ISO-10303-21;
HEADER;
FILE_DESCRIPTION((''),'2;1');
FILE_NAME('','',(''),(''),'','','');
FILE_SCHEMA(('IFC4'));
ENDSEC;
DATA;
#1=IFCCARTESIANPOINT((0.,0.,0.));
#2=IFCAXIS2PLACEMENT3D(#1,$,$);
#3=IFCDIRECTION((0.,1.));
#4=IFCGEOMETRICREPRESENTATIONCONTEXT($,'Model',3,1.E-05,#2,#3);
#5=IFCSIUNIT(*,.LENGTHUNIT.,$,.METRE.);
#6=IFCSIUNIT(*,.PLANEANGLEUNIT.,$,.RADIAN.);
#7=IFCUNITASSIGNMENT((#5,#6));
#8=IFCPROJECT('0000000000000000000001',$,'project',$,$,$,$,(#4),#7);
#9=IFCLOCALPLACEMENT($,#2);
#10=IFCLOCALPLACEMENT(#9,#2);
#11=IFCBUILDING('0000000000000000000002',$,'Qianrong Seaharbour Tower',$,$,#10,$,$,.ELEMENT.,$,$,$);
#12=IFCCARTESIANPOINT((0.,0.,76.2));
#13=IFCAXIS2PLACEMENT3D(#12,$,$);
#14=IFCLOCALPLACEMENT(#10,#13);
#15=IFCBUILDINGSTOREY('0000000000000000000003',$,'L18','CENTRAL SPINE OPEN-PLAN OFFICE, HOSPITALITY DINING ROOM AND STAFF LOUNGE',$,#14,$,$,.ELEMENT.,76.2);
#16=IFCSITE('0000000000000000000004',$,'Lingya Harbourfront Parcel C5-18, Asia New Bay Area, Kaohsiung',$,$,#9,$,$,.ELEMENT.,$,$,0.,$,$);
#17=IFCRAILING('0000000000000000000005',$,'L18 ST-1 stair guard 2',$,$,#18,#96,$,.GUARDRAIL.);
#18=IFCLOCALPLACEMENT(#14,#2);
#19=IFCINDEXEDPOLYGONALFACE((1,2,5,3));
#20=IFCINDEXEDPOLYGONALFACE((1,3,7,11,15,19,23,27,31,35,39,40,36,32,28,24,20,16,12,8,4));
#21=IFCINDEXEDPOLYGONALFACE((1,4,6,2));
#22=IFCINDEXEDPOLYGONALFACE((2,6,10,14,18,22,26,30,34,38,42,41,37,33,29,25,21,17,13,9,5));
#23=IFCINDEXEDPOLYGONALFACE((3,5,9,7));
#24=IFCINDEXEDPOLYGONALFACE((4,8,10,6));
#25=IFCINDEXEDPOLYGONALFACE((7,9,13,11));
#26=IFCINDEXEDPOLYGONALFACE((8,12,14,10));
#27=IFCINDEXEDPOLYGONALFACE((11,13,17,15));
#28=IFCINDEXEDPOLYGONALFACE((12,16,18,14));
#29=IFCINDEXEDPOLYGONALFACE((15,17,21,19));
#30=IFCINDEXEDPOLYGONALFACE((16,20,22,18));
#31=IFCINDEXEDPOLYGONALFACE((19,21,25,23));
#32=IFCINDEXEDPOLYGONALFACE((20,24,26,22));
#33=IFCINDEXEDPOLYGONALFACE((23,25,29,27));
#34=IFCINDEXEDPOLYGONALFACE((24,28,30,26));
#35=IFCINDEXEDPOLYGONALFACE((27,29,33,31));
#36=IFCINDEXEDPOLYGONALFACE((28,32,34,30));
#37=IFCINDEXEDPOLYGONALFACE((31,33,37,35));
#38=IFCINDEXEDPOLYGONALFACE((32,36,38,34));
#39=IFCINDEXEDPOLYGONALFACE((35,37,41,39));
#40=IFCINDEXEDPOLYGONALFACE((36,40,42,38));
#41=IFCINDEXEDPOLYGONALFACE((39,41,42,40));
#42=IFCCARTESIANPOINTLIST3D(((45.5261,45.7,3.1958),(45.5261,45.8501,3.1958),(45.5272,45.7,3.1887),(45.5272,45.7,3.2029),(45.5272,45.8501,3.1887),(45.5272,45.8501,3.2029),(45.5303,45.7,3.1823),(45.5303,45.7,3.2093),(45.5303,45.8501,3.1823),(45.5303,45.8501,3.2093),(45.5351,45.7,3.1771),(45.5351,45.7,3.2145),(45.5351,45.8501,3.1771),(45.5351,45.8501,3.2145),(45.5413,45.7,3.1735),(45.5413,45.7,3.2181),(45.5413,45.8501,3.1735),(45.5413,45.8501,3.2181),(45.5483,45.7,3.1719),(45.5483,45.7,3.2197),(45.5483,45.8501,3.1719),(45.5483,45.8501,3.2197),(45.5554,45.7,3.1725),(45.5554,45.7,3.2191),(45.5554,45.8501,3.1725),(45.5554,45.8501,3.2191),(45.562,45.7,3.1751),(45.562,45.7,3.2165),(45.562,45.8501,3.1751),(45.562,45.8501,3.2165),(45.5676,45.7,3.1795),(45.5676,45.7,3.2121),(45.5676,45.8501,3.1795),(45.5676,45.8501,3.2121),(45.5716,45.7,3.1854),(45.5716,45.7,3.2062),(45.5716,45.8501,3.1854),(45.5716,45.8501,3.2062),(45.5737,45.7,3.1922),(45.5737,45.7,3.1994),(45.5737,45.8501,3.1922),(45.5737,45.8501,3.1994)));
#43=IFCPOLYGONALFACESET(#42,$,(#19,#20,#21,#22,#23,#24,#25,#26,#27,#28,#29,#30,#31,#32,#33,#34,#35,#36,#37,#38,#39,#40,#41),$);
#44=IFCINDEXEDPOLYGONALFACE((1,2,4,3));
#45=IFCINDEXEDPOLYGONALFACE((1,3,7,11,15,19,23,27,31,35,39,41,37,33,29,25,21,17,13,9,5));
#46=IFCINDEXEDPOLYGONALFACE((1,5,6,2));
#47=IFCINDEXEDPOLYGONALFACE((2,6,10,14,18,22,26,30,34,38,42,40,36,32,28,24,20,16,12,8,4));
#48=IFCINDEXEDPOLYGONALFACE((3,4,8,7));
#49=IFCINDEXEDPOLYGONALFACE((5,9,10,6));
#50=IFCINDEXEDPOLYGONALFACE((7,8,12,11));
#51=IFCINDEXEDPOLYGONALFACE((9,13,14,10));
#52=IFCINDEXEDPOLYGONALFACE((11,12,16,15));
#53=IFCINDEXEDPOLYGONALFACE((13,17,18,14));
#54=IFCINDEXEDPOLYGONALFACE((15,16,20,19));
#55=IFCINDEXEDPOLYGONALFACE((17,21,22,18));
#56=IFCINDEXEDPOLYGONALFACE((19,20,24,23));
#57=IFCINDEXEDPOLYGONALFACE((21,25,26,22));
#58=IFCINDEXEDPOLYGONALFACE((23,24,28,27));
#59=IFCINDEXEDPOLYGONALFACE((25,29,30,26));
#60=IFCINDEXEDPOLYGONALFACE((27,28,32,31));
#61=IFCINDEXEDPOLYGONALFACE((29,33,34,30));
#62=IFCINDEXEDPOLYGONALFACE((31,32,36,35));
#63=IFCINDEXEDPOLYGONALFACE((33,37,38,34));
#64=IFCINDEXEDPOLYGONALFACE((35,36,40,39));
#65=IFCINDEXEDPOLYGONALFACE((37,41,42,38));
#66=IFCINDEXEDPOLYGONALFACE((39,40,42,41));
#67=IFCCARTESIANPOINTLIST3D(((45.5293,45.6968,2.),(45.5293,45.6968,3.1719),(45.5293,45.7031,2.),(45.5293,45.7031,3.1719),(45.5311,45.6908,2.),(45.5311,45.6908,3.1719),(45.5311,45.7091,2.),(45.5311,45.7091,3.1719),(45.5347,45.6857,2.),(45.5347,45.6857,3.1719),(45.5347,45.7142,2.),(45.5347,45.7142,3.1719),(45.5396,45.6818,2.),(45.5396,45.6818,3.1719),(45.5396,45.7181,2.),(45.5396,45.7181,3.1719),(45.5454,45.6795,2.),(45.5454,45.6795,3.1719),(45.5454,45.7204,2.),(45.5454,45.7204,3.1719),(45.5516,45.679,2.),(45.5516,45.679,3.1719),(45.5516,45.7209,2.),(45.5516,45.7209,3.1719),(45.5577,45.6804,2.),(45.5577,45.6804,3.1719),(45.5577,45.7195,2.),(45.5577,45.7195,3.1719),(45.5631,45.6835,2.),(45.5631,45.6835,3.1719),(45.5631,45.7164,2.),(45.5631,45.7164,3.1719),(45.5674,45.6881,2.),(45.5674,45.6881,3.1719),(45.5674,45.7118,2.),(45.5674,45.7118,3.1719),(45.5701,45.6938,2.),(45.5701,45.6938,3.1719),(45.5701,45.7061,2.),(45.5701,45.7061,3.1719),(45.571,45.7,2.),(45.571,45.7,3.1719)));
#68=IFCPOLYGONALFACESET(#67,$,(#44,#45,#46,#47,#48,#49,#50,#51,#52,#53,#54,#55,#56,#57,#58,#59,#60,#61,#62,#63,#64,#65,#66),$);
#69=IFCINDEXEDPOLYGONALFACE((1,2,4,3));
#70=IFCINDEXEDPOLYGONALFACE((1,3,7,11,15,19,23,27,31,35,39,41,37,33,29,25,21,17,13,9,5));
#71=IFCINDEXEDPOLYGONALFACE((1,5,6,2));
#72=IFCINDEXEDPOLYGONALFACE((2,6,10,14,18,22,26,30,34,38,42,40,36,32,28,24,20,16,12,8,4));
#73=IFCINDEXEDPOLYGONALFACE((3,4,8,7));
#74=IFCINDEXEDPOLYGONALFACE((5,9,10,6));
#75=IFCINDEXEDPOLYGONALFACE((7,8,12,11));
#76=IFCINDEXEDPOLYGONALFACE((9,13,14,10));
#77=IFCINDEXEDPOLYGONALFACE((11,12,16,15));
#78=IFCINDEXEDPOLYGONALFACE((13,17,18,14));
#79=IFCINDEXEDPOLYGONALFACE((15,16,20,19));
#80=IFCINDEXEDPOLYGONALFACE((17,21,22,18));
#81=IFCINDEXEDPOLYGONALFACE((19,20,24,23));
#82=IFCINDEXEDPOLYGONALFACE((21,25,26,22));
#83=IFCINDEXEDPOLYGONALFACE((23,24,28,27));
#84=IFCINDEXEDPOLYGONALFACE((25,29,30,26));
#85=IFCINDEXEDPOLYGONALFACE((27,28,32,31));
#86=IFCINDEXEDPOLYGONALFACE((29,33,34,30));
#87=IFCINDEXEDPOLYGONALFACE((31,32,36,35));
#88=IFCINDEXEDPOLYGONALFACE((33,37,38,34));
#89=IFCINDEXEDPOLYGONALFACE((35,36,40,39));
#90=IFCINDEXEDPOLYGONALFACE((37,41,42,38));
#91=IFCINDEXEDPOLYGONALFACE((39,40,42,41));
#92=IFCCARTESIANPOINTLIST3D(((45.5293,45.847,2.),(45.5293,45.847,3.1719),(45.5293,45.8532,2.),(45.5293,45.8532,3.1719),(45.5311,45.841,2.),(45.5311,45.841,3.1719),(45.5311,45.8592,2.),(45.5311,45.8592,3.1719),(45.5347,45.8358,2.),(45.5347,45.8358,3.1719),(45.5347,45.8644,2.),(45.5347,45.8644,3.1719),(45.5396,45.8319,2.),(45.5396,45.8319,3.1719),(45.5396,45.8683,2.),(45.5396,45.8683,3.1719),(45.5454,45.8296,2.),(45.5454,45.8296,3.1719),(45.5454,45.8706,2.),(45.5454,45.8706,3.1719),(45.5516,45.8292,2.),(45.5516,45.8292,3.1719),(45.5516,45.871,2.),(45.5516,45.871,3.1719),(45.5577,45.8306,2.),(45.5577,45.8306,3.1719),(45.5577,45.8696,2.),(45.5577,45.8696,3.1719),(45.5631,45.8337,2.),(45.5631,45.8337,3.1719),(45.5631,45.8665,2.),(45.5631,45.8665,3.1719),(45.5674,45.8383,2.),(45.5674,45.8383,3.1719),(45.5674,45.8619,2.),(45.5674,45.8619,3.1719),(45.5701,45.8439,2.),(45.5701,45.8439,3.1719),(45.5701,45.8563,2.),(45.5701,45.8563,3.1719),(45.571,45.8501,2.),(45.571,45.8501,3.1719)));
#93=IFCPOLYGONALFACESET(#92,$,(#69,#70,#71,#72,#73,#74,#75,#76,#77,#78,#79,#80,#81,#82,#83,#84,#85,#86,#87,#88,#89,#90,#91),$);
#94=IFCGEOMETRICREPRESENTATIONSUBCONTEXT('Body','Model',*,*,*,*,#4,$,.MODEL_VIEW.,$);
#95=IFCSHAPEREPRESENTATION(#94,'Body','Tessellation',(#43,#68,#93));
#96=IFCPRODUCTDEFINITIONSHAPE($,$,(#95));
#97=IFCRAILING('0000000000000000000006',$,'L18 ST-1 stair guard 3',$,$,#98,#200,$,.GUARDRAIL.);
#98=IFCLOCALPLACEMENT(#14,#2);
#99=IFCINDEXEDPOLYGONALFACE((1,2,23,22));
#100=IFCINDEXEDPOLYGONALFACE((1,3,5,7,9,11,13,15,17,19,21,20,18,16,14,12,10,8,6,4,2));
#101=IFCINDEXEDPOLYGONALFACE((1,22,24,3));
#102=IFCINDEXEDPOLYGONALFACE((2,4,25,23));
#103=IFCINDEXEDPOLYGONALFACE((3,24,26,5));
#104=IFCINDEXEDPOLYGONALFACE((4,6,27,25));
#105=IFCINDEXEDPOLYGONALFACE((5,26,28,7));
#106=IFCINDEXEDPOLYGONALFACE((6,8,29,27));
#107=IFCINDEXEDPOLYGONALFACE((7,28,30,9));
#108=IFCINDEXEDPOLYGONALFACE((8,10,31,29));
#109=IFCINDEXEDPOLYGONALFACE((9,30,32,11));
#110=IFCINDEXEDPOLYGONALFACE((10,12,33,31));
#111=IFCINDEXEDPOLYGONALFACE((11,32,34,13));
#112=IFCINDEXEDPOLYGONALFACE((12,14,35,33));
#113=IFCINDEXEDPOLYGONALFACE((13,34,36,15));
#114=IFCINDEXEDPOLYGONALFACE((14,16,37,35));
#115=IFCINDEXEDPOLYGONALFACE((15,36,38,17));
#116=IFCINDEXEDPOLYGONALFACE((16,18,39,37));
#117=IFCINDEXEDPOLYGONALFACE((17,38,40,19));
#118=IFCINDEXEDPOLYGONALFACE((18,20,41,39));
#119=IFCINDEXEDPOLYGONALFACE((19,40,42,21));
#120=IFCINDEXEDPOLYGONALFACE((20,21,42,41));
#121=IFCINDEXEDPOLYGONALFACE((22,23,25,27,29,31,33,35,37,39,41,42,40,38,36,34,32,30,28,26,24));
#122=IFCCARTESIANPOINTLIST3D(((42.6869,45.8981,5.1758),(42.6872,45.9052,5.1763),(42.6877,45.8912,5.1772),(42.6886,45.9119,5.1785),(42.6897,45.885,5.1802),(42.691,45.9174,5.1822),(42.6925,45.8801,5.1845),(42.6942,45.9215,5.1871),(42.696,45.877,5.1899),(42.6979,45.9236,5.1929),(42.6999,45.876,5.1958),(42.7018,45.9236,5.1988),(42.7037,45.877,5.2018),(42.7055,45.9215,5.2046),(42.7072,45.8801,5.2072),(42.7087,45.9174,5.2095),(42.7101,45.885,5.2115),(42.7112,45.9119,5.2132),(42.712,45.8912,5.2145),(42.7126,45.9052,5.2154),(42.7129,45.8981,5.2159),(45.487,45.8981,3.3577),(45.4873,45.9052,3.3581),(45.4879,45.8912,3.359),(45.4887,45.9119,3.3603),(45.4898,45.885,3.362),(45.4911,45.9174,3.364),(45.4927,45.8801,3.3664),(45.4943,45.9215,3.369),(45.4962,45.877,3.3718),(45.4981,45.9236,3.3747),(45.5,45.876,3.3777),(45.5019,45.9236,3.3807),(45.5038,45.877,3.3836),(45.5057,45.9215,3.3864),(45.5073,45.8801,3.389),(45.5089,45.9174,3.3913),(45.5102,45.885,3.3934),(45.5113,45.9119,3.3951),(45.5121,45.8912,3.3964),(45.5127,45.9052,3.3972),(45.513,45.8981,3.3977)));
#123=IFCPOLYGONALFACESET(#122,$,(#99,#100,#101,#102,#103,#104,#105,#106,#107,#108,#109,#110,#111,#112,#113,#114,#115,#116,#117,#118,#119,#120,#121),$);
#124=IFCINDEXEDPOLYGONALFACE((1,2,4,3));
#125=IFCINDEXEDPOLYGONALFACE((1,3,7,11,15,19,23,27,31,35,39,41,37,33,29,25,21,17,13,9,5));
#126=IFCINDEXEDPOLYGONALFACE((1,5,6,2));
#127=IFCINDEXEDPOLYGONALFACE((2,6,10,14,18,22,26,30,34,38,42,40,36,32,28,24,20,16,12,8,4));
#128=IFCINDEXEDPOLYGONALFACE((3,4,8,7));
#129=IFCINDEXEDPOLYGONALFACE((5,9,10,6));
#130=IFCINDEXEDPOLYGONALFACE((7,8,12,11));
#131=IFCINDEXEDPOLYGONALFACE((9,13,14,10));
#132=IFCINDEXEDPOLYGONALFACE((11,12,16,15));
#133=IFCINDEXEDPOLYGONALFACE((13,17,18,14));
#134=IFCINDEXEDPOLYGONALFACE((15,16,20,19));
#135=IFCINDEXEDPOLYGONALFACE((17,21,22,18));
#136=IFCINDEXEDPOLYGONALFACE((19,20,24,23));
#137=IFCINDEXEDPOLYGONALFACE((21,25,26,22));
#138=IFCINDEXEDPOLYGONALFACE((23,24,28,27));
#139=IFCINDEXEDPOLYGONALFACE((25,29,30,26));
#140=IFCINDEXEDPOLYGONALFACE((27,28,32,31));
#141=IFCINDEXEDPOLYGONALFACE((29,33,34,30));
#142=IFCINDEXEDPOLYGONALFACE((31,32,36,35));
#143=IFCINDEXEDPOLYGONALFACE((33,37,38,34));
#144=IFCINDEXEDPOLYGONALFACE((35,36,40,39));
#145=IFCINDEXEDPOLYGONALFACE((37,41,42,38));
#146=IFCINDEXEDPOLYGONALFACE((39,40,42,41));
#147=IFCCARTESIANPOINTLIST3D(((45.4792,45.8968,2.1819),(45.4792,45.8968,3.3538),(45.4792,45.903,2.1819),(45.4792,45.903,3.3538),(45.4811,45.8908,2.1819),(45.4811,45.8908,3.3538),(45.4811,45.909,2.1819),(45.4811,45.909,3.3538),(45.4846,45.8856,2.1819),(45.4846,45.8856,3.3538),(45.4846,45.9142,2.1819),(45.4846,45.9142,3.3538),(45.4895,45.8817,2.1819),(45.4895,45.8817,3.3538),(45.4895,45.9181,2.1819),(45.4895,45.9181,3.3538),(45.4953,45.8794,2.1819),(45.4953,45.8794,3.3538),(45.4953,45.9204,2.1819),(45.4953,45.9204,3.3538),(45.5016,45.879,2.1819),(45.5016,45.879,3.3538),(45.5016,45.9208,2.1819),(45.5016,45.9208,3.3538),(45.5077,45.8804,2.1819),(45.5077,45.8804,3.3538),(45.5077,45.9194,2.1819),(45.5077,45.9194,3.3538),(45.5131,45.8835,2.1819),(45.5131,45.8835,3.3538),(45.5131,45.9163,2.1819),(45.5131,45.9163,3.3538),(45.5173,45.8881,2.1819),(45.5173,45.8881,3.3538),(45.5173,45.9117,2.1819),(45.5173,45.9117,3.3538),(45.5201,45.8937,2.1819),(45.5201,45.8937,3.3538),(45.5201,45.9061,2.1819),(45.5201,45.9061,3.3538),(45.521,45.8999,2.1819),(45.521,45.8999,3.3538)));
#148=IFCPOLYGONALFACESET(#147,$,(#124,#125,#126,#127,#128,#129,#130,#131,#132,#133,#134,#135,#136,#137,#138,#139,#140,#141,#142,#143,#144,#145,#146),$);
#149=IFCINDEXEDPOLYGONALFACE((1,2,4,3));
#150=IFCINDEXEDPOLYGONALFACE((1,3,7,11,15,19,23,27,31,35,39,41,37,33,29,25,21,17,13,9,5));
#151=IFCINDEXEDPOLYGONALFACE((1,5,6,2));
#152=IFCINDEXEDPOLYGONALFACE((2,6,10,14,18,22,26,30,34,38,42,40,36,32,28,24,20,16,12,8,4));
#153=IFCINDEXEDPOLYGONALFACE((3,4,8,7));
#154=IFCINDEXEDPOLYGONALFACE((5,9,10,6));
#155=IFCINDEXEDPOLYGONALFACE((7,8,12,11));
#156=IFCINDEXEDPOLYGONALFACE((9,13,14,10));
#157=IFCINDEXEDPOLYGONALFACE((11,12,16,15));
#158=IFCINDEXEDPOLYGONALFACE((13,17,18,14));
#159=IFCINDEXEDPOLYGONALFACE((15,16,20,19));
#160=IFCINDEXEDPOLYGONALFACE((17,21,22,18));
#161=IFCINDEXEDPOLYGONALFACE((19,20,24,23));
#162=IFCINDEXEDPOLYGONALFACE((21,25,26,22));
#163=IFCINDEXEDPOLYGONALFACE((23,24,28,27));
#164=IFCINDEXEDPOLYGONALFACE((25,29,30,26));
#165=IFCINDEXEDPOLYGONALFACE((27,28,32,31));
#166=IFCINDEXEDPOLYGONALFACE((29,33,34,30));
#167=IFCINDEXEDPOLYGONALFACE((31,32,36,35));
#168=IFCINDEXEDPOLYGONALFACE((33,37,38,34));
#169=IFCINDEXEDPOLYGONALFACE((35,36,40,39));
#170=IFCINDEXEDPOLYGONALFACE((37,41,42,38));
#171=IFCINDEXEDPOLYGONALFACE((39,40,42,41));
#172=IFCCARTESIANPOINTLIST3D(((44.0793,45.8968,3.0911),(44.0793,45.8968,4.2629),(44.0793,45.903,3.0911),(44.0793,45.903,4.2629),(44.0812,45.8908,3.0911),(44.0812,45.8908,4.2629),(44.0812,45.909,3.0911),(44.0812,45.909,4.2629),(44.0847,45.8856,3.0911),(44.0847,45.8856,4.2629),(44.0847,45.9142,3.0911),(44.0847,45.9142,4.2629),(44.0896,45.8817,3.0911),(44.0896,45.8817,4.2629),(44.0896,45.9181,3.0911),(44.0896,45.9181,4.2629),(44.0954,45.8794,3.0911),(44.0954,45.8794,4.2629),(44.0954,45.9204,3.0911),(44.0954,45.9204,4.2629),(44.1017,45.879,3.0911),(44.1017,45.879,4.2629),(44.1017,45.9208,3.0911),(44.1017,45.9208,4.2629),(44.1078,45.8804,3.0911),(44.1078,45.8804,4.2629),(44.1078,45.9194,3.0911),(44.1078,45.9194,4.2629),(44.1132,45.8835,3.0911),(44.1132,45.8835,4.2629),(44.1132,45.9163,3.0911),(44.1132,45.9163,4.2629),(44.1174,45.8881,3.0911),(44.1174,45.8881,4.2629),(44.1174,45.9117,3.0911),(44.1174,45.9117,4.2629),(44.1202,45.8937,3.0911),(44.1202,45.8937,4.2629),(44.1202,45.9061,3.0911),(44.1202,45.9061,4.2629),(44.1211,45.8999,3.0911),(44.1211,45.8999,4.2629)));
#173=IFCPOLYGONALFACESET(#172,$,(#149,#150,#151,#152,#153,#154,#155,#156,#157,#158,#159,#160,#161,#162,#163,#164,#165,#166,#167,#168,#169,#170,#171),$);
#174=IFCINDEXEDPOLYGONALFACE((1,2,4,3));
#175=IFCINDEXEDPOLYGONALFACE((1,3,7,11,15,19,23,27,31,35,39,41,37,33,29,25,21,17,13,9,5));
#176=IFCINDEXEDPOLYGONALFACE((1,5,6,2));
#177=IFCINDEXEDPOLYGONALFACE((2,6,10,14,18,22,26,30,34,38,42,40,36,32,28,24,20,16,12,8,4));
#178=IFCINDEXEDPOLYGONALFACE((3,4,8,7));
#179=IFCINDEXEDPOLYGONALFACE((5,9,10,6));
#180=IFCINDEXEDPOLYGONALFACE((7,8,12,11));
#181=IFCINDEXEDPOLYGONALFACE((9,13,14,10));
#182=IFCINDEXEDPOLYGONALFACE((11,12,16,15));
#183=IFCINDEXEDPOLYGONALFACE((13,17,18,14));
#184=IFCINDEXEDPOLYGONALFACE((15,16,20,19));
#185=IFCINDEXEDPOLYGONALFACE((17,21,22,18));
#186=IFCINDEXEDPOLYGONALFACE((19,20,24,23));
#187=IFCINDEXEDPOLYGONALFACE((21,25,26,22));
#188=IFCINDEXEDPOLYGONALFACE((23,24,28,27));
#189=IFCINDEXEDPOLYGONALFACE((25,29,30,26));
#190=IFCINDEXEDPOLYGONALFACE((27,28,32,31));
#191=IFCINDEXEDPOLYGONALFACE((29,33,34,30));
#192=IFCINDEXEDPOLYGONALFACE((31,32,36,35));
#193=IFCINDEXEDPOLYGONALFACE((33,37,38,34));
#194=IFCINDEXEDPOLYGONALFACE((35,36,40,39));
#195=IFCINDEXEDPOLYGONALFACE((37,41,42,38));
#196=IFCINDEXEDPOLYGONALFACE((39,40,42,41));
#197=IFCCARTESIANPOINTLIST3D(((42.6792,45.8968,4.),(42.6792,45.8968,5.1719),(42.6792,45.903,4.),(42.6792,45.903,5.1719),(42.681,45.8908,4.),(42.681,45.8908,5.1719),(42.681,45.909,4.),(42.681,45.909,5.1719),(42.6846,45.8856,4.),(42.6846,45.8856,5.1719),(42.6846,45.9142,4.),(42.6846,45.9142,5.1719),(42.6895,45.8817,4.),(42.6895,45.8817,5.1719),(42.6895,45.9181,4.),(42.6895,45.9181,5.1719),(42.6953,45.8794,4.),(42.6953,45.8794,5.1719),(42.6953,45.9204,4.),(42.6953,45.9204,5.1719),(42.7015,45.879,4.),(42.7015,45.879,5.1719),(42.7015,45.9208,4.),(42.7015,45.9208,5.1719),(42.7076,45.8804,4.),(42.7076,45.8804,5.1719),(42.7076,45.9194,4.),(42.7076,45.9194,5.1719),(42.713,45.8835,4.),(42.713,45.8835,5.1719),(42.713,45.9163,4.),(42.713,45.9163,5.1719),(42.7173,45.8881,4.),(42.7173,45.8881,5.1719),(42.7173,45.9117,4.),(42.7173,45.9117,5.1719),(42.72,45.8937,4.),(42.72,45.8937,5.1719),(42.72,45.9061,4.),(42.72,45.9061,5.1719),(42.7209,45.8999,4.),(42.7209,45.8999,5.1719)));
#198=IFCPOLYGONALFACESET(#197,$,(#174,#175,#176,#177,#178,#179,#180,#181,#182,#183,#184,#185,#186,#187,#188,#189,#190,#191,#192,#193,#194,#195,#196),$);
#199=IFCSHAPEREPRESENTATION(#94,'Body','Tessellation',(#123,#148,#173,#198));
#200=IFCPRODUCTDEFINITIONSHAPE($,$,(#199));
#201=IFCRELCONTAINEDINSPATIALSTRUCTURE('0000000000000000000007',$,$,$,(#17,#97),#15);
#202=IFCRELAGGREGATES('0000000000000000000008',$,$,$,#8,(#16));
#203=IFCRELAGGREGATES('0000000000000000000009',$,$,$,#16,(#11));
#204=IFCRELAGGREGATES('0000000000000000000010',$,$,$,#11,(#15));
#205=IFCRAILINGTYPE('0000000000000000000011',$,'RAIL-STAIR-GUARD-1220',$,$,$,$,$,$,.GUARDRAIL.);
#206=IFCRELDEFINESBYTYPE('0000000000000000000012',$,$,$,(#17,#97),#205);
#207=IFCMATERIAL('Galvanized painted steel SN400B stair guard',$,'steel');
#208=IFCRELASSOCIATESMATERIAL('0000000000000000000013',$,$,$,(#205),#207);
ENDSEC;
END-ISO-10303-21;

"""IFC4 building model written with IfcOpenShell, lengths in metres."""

from ifc_helpers import new_model, si_unit, direction, frame, origin, origin_2d, place, context, subcontext, project, spatial, circle, extrude, material, type_object, element, save


model = new_model("IFC4")

# Units and contexts
model_context = context("Model", 3, precision=1e-05, world=origin(), true_north=direction((0.0, 1.0)))
body_context = subcontext(model_context, "Body", "Model", "MODEL_VIEW")
ifc_project = project(units=[si_unit("LENGTHUNIT", "METRE"), si_unit("PLANEANGLEUNIT", "RADIAN")], contexts=[model_context])

# Site, building, storey
site_placement = place(None, origin())
site = spatial("IfcSite", under=ifc_project, at=site_placement, Name="Lingya Harbourfront Parcel C5-18, Asia New Bay Area, Kaohsiung", CompositionType="ELEMENT", RefElevation=0.0)
building_placement = place(site_placement, origin())
building = spatial("IfcBuilding", under=site, at=building_placement, Name="Qianrong Seaharbour Tower", CompositionType="ELEMENT")
storey_placement = place(building_placement, frame((0.0, 0.0, 76.2)))
storey = spatial("IfcBuildingStorey", under=building, at=storey_placement, Name="L18", Description="CENTRAL SPINE OPEN-PLAN OFFICE, HOSPITALITY DINING ROOM AND STAFF LOUNGE", CompositionType="ELEMENT", Elevation=76.2)

# Railings
ifc_material_1 = material(Name="Galvanized painted steel SN400B stair guard", Category="steel")
railing_type_1 = type_object("IfcRailingType", Name="RAIL-STAIR-GUARD-1220", PredefinedType="GUARDRAIL", material=ifc_material_1)
railing_1_placement = place(storey_placement, frame((45.55, 45.7, 2.0)))
element("IfcRailing", 1, at=railing_1_placement, inside=storey, type_object=railing_type_1, Name="L18 ST-1 stair guard 2", PredefinedType="GUARDRAIL", context=body_context, shape_type="SweptSolid", body=[
    extrude(circle(Radius=0.0239, at=origin_2d()), frame((0.0, 0.0, 1.1958), z_axis=(0.0, 1.0, 0.0), x_axis=(-1.0, 0.0, 0.0)), (0.0, 0.0, 1.0), 0.1501),
    extrude(circle(Radius=0.021, at=origin_2d()), origin(), (0.0, 0.0, 1.0), 1.1719),
    extrude(circle(Radius=0.021, at=origin_2d()), frame((0.0, 0.1501, 0.0)), (0.0, 0.0, 1.0), 1.1719),
])
railing_2_placement = place(storey_placement, frame((45.5, 45.8999, 2.1819)))
element("IfcRailing", 2, at=railing_2_placement, inside=storey, type_object=railing_type_1, Name="L18 ST-1 stair guard 3", PredefinedType="GUARDRAIL", context=body_context, shape_type="SweptSolid", body=[
    extrude(circle(Radius=0.0239, at=origin_2d()), frame((0.0, 0.0, 1.1958), z_axis=(-0.838706, 0.0, 0.544585), x_axis=(0.0, -1.0, 0.0)), (0.0, 0.0, 1.0), 3.3386),
    extrude(circle(Radius=0.021, at=origin_2d()), origin(), (0.0, 0.0, 1.0), 1.1719),
    extrude(circle(Radius=0.021, at=origin_2d()), frame((-1.3999, 0.0, 0.9092)), (0.0, 0.0, 1.0), 1.1719),
    extrude(circle(Radius=0.021, at=origin_2d()), frame((-2.8, 0.0, 1.8181)), (0.0, 0.0, 1.0), 1.1719),
])

save(model, "model.ifc")
